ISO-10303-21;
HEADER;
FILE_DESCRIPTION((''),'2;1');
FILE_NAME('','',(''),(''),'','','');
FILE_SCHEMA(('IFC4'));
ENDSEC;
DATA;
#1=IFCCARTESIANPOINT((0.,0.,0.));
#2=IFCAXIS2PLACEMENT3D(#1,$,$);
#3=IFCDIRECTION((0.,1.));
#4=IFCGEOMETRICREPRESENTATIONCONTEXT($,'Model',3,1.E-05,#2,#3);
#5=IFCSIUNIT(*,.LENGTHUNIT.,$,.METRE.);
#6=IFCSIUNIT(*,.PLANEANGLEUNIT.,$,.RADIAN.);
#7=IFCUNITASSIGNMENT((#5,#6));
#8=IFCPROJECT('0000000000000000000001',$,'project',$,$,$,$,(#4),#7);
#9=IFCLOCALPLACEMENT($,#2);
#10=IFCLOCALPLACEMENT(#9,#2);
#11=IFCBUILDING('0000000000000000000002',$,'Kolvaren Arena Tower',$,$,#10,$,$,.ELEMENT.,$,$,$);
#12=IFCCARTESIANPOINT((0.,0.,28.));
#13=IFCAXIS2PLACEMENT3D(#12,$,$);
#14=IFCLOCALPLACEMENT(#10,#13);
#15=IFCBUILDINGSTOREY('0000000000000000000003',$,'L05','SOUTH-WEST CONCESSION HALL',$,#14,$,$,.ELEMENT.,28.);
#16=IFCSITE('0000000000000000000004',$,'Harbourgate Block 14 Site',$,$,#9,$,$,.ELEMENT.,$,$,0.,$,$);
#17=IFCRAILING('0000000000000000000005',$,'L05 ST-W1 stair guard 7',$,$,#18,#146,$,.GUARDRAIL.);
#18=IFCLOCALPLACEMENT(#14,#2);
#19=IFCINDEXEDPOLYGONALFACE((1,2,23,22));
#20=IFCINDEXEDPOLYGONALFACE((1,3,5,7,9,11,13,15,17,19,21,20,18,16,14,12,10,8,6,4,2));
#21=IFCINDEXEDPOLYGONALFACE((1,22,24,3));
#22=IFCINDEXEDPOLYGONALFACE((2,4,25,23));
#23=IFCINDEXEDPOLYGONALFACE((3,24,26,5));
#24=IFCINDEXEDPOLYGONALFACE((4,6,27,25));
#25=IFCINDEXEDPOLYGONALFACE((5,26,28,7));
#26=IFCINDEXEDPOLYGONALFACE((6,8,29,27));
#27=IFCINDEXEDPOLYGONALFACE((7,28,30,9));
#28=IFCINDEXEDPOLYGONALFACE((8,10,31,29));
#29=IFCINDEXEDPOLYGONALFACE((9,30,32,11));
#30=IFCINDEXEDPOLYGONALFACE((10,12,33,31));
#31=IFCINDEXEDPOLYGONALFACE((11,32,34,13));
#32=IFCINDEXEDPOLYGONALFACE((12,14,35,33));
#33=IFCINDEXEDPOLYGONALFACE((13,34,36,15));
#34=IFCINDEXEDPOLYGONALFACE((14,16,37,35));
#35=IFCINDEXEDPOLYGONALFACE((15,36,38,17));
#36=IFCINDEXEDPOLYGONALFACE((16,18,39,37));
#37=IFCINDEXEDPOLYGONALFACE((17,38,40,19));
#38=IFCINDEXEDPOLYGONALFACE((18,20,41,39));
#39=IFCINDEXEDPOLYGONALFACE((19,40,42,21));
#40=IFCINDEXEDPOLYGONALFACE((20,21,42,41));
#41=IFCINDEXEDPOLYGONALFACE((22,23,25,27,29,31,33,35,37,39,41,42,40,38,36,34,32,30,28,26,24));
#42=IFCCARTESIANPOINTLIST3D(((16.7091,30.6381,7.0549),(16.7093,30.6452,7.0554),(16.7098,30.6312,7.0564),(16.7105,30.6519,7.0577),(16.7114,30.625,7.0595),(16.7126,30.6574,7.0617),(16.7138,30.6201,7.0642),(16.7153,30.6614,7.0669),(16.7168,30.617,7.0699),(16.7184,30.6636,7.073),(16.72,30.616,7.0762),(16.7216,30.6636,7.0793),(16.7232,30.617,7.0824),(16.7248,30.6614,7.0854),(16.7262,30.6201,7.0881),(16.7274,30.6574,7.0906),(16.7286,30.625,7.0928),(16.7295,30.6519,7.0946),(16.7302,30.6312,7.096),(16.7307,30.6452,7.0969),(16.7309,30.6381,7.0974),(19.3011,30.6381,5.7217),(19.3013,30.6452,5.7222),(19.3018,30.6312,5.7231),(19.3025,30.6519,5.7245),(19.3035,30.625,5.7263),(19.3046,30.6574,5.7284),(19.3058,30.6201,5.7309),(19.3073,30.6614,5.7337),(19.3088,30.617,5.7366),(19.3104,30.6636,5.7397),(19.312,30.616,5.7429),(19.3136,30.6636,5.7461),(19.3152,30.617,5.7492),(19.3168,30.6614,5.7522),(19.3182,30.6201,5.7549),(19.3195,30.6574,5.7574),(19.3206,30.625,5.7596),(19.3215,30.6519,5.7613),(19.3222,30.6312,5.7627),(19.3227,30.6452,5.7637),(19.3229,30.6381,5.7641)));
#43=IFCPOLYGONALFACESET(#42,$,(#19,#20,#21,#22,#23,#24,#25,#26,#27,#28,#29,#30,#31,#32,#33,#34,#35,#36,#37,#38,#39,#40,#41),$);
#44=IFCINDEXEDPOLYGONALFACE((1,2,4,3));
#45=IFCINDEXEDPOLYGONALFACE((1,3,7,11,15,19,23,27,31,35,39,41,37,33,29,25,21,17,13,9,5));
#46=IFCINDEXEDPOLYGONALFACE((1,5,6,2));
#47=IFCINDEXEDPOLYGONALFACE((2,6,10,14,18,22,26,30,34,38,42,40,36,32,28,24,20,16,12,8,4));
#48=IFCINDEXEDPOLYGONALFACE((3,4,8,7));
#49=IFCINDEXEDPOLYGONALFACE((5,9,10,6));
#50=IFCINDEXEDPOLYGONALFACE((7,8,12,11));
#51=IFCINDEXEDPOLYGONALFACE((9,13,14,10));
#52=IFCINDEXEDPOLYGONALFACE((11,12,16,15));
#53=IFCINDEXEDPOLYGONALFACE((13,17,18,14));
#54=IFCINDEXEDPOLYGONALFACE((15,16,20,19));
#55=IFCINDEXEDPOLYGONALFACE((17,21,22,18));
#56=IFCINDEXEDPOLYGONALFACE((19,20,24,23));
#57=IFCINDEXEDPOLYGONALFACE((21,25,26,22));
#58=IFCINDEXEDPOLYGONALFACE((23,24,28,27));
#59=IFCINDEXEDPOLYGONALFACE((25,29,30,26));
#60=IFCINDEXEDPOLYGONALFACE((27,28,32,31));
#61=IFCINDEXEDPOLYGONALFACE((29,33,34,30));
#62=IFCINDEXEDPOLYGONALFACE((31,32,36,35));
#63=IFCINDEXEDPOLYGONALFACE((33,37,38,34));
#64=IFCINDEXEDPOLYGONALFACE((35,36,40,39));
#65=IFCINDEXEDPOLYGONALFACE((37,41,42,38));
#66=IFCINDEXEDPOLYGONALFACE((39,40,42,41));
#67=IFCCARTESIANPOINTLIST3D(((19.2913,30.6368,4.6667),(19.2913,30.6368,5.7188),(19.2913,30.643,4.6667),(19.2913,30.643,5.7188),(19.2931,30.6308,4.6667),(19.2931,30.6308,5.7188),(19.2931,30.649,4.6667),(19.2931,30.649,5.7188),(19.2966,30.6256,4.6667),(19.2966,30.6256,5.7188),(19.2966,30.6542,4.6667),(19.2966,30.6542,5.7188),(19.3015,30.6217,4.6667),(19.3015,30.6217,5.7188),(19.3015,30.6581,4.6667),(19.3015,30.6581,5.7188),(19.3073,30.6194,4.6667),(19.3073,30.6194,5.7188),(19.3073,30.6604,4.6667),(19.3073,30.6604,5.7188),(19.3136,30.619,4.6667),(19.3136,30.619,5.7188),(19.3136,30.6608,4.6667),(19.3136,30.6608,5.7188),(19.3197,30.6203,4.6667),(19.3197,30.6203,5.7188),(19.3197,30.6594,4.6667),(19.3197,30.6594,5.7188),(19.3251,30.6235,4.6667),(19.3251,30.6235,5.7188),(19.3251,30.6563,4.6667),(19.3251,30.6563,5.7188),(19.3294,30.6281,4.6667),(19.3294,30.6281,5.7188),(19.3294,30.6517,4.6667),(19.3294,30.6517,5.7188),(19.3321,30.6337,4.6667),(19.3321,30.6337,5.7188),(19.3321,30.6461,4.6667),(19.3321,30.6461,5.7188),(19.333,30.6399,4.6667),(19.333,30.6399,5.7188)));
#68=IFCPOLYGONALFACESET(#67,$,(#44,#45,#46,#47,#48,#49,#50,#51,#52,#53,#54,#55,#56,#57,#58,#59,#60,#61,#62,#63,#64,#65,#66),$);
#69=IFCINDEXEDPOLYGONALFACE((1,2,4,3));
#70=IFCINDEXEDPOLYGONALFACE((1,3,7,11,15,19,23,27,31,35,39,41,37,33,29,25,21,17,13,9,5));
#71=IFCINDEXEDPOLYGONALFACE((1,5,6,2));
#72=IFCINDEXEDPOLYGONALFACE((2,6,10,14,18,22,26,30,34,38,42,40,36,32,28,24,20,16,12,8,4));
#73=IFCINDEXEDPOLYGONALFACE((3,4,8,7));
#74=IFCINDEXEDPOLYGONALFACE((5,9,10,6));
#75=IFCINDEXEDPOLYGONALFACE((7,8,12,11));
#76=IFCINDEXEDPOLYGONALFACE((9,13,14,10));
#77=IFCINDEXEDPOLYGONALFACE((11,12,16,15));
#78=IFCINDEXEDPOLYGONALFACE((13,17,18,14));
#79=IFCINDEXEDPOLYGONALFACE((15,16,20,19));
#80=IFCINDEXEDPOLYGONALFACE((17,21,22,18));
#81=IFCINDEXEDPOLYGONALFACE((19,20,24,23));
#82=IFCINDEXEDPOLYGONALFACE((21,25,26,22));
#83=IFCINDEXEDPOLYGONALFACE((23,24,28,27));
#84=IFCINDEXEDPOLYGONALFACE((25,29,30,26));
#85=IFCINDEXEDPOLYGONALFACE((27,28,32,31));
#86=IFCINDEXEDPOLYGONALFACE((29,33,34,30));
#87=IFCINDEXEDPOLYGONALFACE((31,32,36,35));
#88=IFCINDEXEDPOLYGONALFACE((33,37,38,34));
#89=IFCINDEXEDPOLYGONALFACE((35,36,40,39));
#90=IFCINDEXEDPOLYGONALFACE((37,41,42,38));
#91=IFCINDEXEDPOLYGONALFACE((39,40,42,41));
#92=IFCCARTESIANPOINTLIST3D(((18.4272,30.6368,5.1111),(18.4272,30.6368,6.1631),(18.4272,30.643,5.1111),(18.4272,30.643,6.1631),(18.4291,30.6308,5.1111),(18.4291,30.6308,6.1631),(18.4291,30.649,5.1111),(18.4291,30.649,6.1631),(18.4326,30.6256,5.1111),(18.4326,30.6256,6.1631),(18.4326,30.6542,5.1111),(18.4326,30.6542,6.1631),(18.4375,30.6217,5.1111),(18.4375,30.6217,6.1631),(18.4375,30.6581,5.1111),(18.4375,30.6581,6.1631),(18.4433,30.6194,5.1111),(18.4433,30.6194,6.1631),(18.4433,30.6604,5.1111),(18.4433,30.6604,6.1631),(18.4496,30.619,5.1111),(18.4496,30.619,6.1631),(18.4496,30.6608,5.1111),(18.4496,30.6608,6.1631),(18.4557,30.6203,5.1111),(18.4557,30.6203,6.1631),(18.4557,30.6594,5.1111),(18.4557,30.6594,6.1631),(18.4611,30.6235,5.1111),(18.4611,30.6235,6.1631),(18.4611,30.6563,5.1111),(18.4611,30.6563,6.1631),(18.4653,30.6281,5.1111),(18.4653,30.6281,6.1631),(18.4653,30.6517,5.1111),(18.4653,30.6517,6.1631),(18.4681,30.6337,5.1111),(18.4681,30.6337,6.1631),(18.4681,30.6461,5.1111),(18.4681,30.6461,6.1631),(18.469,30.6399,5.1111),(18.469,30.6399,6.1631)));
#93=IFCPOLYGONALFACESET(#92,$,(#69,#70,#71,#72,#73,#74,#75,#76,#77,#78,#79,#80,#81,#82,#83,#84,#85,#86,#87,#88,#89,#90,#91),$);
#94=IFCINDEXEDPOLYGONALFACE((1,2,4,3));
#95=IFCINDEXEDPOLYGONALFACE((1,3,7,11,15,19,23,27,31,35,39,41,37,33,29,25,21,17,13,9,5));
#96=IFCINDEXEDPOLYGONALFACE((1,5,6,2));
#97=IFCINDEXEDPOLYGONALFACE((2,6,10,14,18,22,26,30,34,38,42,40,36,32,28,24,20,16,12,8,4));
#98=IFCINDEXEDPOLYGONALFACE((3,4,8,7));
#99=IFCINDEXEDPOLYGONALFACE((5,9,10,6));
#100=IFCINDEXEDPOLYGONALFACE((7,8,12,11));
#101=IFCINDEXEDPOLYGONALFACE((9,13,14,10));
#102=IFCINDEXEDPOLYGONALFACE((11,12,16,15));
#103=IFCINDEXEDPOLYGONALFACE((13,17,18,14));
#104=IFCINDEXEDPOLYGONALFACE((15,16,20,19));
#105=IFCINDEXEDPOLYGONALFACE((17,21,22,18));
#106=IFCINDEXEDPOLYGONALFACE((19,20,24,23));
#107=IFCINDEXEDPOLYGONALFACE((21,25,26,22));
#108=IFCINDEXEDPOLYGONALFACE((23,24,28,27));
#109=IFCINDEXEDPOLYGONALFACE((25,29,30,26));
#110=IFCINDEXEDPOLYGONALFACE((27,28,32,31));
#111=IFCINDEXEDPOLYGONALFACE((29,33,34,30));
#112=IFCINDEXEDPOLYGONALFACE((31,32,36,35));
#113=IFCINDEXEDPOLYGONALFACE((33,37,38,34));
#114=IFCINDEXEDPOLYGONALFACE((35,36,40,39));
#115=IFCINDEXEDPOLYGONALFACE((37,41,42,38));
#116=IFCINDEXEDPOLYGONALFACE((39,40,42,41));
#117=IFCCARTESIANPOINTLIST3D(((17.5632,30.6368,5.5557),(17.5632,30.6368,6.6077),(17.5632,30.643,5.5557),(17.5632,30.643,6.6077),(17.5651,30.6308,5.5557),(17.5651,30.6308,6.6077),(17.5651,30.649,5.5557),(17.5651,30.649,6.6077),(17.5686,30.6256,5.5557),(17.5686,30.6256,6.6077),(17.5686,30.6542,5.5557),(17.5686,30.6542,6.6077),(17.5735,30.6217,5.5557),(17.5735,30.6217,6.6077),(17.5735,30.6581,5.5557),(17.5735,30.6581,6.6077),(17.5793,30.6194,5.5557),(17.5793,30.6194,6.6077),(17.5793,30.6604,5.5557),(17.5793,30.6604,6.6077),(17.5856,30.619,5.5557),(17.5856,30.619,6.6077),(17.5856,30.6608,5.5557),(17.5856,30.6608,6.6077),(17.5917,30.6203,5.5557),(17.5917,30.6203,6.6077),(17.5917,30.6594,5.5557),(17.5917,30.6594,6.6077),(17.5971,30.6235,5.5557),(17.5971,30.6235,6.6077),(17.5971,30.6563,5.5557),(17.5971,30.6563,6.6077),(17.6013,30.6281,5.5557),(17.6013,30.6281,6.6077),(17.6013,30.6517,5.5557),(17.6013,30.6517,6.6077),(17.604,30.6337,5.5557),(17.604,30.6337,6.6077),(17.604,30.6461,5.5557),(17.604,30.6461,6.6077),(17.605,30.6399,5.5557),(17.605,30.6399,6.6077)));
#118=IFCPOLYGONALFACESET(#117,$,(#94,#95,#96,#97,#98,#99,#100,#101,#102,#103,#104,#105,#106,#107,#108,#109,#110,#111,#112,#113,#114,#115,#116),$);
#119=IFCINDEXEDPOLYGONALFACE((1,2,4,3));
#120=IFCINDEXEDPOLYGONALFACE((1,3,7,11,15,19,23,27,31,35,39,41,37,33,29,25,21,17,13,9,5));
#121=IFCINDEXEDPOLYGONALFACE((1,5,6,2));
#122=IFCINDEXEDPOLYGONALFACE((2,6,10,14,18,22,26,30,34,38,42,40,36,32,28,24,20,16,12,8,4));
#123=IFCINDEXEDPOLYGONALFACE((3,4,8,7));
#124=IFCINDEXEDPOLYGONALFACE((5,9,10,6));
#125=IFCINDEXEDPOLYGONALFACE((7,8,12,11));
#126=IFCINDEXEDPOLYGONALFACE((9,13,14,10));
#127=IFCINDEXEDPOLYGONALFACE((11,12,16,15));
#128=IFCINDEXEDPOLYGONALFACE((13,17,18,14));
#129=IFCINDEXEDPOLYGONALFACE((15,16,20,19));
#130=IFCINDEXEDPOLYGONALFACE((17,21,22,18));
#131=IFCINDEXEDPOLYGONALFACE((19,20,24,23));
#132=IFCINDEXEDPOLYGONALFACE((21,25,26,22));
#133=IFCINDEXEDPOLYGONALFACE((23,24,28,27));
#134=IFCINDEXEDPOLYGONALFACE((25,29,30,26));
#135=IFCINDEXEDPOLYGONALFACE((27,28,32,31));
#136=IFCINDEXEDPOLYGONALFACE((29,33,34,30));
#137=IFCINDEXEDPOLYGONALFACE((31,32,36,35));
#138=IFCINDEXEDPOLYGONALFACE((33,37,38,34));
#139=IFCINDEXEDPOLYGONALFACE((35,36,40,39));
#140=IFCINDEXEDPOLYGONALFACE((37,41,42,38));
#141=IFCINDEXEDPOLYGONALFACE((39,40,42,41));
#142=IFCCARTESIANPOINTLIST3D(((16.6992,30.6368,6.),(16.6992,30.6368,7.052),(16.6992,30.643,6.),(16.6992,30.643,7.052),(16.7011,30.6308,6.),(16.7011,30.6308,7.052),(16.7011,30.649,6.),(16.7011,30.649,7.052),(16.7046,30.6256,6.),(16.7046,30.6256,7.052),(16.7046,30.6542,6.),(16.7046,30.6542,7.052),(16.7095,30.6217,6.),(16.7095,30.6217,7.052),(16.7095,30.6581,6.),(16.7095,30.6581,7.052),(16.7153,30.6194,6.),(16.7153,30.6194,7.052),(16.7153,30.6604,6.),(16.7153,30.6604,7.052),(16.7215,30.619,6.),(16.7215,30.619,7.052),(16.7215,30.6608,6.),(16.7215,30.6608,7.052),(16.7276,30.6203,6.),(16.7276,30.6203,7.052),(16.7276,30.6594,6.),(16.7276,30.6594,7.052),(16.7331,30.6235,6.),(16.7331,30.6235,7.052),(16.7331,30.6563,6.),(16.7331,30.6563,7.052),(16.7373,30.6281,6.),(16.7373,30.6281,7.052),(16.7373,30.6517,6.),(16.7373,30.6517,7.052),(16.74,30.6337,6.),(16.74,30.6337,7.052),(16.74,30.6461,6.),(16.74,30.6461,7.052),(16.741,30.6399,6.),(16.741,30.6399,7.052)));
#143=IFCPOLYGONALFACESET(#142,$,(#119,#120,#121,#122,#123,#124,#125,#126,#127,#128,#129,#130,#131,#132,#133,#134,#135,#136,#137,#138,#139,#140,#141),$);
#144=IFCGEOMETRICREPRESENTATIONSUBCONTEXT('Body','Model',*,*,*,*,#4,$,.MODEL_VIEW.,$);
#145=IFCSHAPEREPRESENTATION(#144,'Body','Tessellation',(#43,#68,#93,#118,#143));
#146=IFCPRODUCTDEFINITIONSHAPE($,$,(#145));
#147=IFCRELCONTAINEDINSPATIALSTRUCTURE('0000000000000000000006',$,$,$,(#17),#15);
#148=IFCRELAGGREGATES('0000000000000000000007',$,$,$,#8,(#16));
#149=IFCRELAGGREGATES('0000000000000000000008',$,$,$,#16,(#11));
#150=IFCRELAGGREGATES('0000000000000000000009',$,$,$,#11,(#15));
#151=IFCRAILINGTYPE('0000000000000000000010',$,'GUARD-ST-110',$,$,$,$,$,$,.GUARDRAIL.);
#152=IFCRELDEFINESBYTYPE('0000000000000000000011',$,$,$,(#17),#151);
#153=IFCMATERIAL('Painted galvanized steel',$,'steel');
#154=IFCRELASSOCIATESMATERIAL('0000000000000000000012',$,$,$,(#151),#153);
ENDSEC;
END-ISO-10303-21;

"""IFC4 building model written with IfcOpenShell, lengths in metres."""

from ifc_helpers import new_model, si_unit, direction, frame, origin, origin_2d, place, context, subcontext, project, spatial, circle, extrude, material, type_object, element, save


model = new_model("IFC4")

# Units and contexts
model_context = context("Model", 3, precision=1e-05, world=origin(), true_north=direction((0.0, 1.0)))
body_context = subcontext(model_context, "Body", "Model", "MODEL_VIEW")
ifc_project = project(units=[si_unit("LENGTHUNIT", "METRE"), si_unit("PLANEANGLEUNIT", "RADIAN")], contexts=[model_context])

# Site, building, storey
site_placement = place(None, origin())
site = spatial("IfcSite", under=ifc_project, at=site_placement, Name="Harbourgate Block 14 Site", CompositionType="ELEMENT", RefElevation=0.0)
building_placement = place(site_placement, origin())
building = spatial("IfcBuilding", under=site, at=building_placement, Name="Kolvaren Arena Tower", CompositionType="ELEMENT")
storey_placement = place(building_placement, frame((0.0, 0.0, 28.0)))
storey = spatial("IfcBuildingStorey", under=building, at=storey_placement, Name="L05", Description="SOUTH-WEST CONCESSION HALL", CompositionType="ELEMENT", Elevation=28.0)

# Railing
ifc_material_1 = material(Name="Painted galvanized steel", Category="steel")
railing_type_1 = type_object("IfcRailingType", Name="GUARD-ST-110", PredefinedType="GUARDRAIL", material=ifc_material_1)
railing_1_placement = place(storey_placement, frame((19.312, 30.6399, 4.6667)))
element("IfcRailing", 1, at=railing_1_placement, inside=storey, type_object=railing_type_1, Name="L05 ST-W1 stair guard 7", PredefinedType="GUARDRAIL", context=body_context, shape_type="SweptSolid", body=[
    extrude(circle(Radius=0.0239, at=origin_2d()), frame((0.0, 0.0, 1.0762), z_axis=(-0.88926, 0.0, 0.457403), x_axis=(0.0, -1.0, 0.0)), (0.0, 0.0, 1.0), 2.9148),
    extrude(circle(Radius=0.021, at=origin_2d()), origin(), (0.0, 0.0, 1.0), 1.052),
    extrude(circle(Radius=0.021, at=origin_2d()), frame((-0.864, 0.0, 0.4443)), (0.0, 0.0, 1.0), 1.052),
    extrude(circle(Radius=0.021, at=origin_2d()), frame((-1.728, 0.0, 0.8889)), (0.0, 0.0, 1.0), 1.052),
    extrude(circle(Radius=0.021, at=origin_2d()), frame((-2.592, 0.0, 1.3333)), (0.0, 0.0, 1.0), 1.052),
])

save(model, "model.ifc")
